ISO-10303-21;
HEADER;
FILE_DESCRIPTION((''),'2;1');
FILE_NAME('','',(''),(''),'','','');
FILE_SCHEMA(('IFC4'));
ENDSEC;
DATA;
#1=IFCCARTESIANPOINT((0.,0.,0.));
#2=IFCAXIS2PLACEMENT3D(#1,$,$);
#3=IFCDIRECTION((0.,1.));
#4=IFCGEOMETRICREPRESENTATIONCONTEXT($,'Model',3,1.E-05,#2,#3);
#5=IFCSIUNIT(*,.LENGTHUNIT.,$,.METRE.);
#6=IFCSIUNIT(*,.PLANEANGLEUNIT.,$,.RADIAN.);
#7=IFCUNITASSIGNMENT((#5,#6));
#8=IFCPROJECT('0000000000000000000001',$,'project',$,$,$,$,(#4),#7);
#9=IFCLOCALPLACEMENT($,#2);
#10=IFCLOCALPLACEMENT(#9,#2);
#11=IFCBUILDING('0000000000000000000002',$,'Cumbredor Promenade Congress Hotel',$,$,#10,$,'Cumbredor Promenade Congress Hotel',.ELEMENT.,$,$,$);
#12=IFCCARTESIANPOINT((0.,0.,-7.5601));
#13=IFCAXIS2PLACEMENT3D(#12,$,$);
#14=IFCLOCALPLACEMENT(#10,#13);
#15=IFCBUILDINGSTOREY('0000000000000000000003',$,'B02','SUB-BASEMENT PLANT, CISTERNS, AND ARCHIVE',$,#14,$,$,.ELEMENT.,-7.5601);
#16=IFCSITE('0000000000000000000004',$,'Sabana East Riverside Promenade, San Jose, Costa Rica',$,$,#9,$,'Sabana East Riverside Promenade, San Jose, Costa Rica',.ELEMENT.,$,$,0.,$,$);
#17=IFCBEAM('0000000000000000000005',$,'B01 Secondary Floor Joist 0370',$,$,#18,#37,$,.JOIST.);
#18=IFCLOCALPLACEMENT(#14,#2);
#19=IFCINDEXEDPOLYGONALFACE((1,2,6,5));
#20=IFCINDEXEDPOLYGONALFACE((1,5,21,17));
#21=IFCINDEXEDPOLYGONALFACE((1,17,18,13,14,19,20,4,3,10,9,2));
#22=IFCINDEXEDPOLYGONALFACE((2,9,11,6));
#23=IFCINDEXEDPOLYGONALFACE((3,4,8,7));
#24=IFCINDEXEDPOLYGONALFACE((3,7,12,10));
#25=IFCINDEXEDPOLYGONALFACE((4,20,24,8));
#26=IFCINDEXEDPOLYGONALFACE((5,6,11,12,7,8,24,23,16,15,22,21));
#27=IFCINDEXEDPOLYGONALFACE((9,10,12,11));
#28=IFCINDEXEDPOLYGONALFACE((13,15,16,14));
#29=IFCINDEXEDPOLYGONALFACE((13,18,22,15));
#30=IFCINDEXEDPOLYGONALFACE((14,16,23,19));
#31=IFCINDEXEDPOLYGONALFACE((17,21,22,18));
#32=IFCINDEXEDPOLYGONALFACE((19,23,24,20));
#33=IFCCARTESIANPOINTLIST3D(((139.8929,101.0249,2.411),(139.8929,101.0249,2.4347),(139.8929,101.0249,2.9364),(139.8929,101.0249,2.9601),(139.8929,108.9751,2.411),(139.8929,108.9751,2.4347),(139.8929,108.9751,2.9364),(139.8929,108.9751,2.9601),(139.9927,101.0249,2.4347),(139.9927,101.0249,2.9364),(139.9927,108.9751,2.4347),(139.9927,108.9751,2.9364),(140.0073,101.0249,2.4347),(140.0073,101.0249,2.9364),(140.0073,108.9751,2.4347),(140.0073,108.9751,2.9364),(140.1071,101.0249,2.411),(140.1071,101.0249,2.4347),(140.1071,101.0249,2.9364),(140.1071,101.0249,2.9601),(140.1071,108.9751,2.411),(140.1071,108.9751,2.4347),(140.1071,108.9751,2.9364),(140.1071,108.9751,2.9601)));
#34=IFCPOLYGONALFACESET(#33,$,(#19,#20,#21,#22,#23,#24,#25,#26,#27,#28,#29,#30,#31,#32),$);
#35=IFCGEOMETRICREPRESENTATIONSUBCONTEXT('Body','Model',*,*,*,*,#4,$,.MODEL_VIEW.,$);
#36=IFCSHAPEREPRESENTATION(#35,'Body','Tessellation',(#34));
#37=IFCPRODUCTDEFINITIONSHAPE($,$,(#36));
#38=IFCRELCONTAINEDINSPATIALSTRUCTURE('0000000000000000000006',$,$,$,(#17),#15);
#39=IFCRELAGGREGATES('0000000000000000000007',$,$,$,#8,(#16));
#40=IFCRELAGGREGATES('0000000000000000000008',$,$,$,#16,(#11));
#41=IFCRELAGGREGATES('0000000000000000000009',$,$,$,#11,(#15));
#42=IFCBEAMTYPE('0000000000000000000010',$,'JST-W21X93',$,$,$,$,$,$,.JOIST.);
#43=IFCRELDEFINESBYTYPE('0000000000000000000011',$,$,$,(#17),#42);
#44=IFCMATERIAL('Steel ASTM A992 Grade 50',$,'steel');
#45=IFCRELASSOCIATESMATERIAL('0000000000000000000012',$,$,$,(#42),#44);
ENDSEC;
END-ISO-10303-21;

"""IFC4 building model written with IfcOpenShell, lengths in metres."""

from ifc_helpers import new_model, si_unit, direction, frame, origin, origin_2d, place, context, subcontext, project, spatial, i_section, extrude, material, material_profile, profile_set, type_object, element, save


model = new_model("IFC4")

# Units and contexts
model_context = context("Model", 3, precision=1e-05, world=origin(), true_north=direction((0.0, 1.0)))
body_context = subcontext(model_context, "Body", "Model", "MODEL_VIEW")
ifc_project = project(units=[si_unit("LENGTHUNIT", "METRE"), si_unit("PLANEANGLEUNIT", "RADIAN")], contexts=[model_context])

# Site, building, storey
site_placement = place(None, origin())
site = spatial("IfcSite", under=ifc_project, at=site_placement, Name="Sabana East Riverside Promenade, San Jose, Costa Rica", LongName="Sabana East Riverside Promenade, San Jose, Costa Rica", CompositionType="ELEMENT", RefElevation=0.0)
building_placement = place(site_placement, origin())
building = spatial("IfcBuilding", under=site, at=building_placement, Name="Cumbredor Promenade Congress Hotel", LongName="Cumbredor Promenade Congress Hotel", CompositionType="ELEMENT")
storey_placement = place(building_placement, frame((0.0, 0.0, -7.5601)))
storey = spatial("IfcBuildingStorey", under=building, at=storey_placement, Name="B02", Description="SUB-BASEMENT PLANT, CISTERNS, AND ARCHIVE", CompositionType="ELEMENT", Elevation=-7.5601)

# Beam
ifc_material_1 = material(Name="Steel ASTM A992 Grade 50", Category="steel")
ifc_material_profile_1 = material_profile(ifc_material_1, i_section(OverallWidth=0.2141, OverallDepth=0.5491, WebThickness=0.0146, FlangeThickness=0.0237, at=origin_2d()), Name="W21X93")
ifc_profile_set_1 = profile_set([ifc_material_profile_1], Name="Steel ASTM A992 Grade 50")
beam_type_1 = type_object("IfcBeamType", Name="JST-W21X93", PredefinedType="JOIST", material=ifc_profile_set_1)
for number, where, z_axis, x_axis, name in (
    (1, (140.0, 101.0249, 2.6855), (0.0, 1.0, 0.0), (-1.0, 0.0, 0.0), "B01 Secondary Floor Joist 0370"),
):
    element("IfcBeam", number, at=place(storey_placement, frame(where, z_axis=z_axis, x_axis=x_axis)), inside=storey, type_object=beam_type_1, Name=name, PredefinedType="JOIST", context=body_context, shape_type="SweptSolid", body=[
        extrude(i_section(OverallWidth=0.2141, OverallDepth=0.5491, WebThickness=0.0146, FlangeThickness=0.0237, at=origin_2d()), origin(), (0.0, 0.0, 1.0), 7.9502),
    ])

save(model, "model.ifc")
